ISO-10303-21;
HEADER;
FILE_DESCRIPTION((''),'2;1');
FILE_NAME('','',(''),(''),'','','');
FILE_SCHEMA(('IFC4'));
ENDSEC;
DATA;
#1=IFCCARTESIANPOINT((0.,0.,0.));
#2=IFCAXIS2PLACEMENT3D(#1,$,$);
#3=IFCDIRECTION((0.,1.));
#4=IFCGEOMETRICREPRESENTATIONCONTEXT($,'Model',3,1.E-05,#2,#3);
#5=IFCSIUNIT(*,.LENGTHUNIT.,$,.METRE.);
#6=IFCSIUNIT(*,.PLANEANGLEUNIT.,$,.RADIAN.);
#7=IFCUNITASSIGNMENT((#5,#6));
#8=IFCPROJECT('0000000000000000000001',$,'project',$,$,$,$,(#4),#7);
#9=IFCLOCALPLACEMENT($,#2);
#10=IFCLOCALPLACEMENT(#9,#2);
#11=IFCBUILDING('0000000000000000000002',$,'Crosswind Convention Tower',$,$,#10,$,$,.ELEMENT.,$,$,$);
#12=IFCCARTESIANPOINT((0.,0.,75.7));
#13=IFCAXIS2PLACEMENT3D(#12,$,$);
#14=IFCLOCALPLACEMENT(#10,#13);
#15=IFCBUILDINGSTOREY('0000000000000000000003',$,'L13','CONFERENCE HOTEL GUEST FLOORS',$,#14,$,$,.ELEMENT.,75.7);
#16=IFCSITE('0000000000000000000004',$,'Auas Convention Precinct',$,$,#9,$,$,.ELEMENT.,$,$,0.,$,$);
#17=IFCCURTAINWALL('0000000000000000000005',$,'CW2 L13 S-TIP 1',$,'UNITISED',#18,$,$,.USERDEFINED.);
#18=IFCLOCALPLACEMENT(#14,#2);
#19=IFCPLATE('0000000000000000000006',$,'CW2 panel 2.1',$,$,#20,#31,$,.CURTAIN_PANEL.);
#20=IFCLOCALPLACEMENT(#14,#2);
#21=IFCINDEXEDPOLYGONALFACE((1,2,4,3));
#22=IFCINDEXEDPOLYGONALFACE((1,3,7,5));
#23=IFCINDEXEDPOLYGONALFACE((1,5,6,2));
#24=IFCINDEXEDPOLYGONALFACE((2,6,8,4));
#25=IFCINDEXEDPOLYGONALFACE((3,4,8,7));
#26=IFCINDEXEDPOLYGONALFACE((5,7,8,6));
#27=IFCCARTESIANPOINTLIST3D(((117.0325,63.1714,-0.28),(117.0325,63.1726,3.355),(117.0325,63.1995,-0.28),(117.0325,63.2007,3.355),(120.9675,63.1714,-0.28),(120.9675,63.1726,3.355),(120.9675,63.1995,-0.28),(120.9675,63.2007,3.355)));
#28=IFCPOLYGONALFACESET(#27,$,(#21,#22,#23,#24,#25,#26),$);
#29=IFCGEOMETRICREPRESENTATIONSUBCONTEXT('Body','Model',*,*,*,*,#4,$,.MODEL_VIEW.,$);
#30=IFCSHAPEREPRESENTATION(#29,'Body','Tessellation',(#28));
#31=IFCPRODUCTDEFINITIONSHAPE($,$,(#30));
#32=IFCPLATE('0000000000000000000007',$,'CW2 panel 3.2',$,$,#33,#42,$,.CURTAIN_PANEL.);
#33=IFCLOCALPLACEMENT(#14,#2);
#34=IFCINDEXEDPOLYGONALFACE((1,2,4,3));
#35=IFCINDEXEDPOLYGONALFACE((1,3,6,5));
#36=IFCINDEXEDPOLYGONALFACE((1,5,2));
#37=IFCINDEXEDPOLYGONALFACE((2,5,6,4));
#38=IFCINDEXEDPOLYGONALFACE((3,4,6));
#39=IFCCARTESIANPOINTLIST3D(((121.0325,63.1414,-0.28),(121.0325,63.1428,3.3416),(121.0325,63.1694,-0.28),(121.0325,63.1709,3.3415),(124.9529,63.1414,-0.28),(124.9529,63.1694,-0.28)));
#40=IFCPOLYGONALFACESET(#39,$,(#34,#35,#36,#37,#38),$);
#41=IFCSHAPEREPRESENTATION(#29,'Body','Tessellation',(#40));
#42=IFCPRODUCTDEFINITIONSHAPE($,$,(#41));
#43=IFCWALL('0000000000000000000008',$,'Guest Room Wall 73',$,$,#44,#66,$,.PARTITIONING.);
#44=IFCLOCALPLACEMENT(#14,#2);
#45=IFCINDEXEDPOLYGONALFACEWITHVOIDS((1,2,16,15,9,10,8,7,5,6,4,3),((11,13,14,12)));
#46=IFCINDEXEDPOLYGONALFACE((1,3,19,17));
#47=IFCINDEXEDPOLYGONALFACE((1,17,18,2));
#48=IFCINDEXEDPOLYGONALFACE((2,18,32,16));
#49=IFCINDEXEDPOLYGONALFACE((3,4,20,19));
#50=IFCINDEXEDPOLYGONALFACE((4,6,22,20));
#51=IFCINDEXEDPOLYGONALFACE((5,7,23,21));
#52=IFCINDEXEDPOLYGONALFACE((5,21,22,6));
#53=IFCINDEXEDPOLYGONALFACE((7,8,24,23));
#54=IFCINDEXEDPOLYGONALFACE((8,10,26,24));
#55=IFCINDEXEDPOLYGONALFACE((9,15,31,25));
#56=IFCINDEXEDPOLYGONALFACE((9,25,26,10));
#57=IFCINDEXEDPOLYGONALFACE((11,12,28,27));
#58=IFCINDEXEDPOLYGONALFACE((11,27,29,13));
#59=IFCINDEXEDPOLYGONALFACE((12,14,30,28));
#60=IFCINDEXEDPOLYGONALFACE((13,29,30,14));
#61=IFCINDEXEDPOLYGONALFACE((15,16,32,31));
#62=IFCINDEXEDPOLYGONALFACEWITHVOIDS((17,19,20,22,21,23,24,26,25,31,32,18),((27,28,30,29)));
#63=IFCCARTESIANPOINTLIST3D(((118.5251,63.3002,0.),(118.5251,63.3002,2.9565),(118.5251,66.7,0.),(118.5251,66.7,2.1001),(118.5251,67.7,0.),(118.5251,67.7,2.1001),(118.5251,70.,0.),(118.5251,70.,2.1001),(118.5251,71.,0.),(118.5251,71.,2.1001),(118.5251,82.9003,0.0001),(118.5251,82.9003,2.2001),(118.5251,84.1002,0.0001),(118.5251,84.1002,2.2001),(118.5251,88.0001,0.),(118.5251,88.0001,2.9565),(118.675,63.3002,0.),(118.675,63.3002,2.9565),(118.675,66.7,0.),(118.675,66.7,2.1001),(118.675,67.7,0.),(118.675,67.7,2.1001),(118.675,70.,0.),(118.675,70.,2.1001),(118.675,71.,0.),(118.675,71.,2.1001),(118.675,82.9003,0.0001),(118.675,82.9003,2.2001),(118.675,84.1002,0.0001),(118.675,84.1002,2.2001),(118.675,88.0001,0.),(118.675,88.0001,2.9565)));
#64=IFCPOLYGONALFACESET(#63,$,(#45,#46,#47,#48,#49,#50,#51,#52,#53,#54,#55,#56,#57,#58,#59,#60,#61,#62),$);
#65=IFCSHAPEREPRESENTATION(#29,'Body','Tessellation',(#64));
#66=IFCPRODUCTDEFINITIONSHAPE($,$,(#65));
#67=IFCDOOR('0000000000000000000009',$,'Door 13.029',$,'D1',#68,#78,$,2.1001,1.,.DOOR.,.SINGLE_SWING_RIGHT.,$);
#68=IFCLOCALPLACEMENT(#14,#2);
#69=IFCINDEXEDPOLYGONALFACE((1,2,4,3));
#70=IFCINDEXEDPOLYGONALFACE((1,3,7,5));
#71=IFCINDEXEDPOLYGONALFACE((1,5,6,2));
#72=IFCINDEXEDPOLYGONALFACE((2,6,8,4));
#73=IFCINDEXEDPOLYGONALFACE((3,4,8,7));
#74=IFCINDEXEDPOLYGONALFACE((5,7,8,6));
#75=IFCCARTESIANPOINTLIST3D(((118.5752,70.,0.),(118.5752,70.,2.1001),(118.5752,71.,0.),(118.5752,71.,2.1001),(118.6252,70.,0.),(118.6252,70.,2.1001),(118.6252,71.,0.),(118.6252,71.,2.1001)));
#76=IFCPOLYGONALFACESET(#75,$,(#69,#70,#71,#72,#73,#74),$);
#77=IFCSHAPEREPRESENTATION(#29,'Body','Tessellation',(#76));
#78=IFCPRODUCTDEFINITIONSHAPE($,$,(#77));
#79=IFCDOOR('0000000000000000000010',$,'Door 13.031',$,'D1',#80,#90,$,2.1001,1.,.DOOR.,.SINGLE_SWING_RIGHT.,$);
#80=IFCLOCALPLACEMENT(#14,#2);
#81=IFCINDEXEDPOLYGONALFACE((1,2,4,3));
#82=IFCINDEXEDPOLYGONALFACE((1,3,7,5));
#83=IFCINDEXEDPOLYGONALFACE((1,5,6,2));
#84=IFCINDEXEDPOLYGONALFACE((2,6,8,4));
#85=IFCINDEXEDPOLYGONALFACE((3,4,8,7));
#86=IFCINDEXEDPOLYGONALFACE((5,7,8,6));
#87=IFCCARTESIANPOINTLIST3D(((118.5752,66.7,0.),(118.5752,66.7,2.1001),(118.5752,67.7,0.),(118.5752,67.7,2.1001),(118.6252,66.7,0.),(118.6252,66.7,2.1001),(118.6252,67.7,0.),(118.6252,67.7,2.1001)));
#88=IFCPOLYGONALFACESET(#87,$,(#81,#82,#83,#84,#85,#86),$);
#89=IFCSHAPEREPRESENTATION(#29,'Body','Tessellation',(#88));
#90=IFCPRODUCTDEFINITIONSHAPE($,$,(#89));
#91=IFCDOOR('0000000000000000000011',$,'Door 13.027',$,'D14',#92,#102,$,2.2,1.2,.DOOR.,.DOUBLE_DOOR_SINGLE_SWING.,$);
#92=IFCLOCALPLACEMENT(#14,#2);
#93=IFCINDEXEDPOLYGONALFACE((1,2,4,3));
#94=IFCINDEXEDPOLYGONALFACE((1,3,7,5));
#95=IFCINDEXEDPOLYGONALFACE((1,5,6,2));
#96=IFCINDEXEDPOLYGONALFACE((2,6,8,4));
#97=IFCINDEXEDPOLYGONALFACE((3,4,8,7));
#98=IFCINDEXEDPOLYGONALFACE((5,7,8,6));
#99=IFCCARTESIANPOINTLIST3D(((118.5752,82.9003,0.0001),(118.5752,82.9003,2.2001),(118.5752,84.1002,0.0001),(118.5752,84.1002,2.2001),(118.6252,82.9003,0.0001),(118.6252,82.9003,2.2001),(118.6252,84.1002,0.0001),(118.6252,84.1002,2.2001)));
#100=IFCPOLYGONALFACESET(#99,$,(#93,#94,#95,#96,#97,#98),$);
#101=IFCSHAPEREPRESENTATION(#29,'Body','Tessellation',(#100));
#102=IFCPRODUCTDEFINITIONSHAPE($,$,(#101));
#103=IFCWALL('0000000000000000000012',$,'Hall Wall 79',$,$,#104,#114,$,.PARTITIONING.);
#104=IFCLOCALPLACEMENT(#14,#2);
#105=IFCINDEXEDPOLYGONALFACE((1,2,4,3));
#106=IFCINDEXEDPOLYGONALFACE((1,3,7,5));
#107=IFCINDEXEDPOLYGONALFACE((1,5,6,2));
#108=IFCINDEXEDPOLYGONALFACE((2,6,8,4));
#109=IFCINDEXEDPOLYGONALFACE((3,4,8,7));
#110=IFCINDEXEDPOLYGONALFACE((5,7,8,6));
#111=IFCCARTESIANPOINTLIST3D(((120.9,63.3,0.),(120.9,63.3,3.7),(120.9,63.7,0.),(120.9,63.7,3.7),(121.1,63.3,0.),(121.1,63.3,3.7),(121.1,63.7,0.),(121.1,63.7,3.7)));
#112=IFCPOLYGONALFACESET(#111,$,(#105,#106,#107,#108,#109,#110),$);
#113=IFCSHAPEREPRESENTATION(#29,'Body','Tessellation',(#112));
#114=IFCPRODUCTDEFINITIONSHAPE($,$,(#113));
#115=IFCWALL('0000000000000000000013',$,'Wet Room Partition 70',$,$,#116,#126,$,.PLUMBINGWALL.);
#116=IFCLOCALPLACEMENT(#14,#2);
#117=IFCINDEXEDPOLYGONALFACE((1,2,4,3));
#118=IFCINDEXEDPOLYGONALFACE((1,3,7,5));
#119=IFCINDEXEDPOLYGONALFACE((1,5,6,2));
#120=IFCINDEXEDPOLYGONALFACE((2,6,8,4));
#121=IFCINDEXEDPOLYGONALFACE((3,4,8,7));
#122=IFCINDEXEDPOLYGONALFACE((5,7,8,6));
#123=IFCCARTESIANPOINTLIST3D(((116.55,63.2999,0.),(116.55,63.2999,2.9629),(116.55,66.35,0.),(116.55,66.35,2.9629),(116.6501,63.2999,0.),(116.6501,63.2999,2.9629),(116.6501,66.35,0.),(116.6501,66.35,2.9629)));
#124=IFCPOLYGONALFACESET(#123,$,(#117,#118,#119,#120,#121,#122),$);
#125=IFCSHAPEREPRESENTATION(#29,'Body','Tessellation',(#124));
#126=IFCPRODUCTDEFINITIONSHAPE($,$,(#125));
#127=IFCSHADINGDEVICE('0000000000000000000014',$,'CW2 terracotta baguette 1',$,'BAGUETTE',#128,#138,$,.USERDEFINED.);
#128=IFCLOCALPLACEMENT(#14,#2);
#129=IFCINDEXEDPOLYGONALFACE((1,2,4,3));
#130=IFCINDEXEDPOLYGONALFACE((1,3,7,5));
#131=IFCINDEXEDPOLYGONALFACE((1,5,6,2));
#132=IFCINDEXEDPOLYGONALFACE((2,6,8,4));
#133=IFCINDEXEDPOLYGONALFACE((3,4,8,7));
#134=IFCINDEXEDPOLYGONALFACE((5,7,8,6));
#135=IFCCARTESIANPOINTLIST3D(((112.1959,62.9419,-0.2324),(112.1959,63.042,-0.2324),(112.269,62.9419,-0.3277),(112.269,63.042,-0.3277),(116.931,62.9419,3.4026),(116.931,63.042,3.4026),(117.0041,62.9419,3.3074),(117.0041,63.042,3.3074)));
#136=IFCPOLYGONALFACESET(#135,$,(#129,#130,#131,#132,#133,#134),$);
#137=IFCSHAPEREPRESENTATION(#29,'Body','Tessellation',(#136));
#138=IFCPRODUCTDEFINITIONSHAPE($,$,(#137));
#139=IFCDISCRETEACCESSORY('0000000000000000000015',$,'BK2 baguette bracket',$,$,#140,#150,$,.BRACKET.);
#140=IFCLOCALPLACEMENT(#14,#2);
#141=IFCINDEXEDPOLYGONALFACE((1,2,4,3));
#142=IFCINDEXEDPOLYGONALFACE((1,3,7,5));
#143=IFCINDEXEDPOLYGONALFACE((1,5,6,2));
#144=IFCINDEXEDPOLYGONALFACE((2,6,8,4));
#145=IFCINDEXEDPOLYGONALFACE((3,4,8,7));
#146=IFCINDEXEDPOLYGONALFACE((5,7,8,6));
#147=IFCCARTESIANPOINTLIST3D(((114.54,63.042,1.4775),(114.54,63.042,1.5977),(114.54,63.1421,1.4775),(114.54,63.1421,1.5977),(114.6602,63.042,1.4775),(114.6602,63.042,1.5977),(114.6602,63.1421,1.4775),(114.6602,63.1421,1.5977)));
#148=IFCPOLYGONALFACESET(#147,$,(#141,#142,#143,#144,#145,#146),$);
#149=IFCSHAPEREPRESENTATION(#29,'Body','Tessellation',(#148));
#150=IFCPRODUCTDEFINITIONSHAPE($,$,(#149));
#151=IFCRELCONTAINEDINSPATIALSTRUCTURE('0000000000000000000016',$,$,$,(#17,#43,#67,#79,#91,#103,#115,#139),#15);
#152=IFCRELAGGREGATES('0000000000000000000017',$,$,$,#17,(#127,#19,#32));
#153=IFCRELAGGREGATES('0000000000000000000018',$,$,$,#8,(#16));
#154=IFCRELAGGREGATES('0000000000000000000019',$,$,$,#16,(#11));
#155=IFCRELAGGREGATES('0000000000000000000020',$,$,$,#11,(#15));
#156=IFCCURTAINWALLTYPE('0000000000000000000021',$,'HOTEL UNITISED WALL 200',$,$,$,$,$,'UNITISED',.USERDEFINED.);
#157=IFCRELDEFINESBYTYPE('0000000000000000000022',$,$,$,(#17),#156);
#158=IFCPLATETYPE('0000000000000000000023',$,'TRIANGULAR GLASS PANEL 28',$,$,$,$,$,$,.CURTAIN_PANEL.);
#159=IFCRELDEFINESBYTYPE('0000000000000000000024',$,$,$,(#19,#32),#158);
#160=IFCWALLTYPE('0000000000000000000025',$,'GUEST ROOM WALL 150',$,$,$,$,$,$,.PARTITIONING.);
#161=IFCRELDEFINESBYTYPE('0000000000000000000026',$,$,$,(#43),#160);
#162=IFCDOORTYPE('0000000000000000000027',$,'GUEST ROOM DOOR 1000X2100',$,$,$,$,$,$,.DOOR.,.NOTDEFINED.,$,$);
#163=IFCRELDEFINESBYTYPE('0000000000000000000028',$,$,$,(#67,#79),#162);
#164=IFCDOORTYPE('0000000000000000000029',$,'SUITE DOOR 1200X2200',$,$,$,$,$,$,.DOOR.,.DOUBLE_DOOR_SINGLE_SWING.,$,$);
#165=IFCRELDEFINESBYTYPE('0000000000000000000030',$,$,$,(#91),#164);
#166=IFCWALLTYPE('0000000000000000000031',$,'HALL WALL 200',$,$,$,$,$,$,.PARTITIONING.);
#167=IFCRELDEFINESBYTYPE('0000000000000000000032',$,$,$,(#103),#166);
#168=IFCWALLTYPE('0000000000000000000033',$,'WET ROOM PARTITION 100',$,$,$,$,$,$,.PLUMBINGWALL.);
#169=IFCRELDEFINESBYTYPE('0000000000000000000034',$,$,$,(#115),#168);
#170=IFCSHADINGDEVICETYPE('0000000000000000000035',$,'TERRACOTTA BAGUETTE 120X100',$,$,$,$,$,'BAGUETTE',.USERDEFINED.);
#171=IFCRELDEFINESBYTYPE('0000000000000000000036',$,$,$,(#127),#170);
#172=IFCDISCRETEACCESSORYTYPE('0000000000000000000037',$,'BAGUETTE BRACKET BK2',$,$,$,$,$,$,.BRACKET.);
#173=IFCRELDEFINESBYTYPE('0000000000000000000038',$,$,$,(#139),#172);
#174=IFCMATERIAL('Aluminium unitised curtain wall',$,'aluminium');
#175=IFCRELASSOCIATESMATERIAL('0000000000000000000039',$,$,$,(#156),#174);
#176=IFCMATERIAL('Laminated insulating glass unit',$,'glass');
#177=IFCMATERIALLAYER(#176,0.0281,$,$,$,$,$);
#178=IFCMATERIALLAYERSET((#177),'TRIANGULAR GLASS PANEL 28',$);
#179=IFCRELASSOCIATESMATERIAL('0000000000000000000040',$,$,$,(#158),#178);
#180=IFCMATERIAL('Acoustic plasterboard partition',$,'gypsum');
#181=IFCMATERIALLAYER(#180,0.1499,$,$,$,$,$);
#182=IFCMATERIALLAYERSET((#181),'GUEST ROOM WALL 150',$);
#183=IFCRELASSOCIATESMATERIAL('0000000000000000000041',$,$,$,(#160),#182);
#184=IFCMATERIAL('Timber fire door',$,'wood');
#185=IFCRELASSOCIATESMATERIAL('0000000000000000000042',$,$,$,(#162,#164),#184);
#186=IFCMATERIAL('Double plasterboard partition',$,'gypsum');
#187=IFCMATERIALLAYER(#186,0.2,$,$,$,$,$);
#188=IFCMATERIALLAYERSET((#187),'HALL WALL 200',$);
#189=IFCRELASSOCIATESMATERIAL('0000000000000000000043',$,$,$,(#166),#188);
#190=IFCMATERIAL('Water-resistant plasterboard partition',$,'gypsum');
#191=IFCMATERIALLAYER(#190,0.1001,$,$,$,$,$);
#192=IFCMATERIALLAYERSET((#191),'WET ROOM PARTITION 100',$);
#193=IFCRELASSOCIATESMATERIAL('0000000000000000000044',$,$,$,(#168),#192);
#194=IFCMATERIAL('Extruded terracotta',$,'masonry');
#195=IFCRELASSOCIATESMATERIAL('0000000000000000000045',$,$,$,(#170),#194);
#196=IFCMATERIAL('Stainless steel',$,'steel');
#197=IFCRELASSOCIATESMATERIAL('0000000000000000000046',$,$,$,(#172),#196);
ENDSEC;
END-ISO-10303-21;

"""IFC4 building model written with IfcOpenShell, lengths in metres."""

from ifc_helpers import new_model, si_unit, direction, frame, frame_2d, origin, origin_2d, place, context, subcontext, project, spatial, polyline, rectangle, outline, extrude, material, layer, layer_set, material_profile, profile_set, type_object, element, fill, aggregate, save


model = new_model("IFC4")

# Units and contexts
model_context = context("Model", 3, precision=1e-05, world=origin(), true_north=direction((0.0, 1.0)))
body_context = subcontext(model_context, "Body", "Model", "MODEL_VIEW")
ifc_project = project(units=[si_unit("LENGTHUNIT", "METRE"), si_unit("PLANEANGLEUNIT", "RADIAN")], contexts=[model_context])

# Site, building, storey
site_placement = place(None, origin())
site = spatial("IfcSite", under=ifc_project, at=site_placement, Name="Auas Convention Precinct", CompositionType="ELEMENT", RefElevation=0.0)
building_placement = place(site_placement, origin())
building = spatial("IfcBuilding", under=site, at=building_placement, Name="Crosswind Convention Tower", CompositionType="ELEMENT")
storey_placement = place(building_placement, frame((0.0, 0.0, 75.7)))
storey = spatial("IfcBuildingStorey", under=building, at=storey_placement, Name="L13", Description="CONFERENCE HOTEL GUEST FLOORS", CompositionType="ELEMENT", Elevation=75.7)

# Curtain wall, plates
ifc_material_1 = material(Name="Aluminium unitised curtain wall", Category="aluminium")
curtain_wall_type = type_object("IfcCurtainWallType", Name="HOTEL UNITISED WALL 200", ElementType="UNITISED", PredefinedType="USERDEFINED", material=ifc_material_1)
curtain_wall_placement = place(storey_placement, origin())
curtain_wall = element("IfcCurtainWall", 1, at=curtain_wall_placement, inside=storey, type_object=curtain_wall_type, Name="CW2 L13 S-TIP 1", ObjectType="UNITISED", PredefinedType="USERDEFINED")
ifc_material_2 = material(Name="Laminated insulating glass unit", Category="glass")
ifc_layer_1 = layer(ifc_material_2, 0.0281)
ifc_layer_set_1 = layer_set([ifc_layer_1], Name="TRIANGULAR GLASS PANEL 28")
plate_type = type_object("IfcPlateType", Name="TRIANGULAR GLASS PANEL 28", PredefinedType="CURTAIN_PANEL", material=ifc_layer_set_1)
plate_1_placement = place(storey_placement, frame((117.0325, 63.1714, -0.28), z_axis=(0.0, -1.0, 0.000336), x_axis=(1.0, 0.0, 0.0)))
plate_1 = element("IfcPlate", 2, at=plate_1_placement, type_object=plate_type, Name="CW2 panel 2.1", PredefinedType="CURTAIN_PANEL", context=body_context, shape_type="SweptSolid", body=[
    extrude(outline(polyline([(0.0, 0.0), (3.9351, 0.0), (3.9351, 3.635), (0.0, 3.635), (0.0, 0.0)])), origin(), (0.0, 0.0, -1.0), 0.0281),
])
plate_2_placement = place(storey_placement, frame((121.0325, 63.1414, -0.28), z_axis=(0.0, -1.0, 0.000404), x_axis=(1.0, 0.0, 0.0)))
plate_2 = element("IfcPlate", 3, at=plate_2_placement, type_object=plate_type, Name="CW2 panel 3.2", PredefinedType="CURTAIN_PANEL", context=body_context, shape_type="SweptSolid", body=[
    extrude(outline(polyline([(0.0, 0.0), (3.9204, 0.0), (0.0, 3.6216), (0.0, 0.0)])), origin(), (0.0, 0.0, -1.0), 0.0281),
])

# Wall, openings, doors
ifc_material_3 = material(Name="Acoustic plasterboard partition", Category="gypsum")
ifc_layer_2 = layer(ifc_material_3, 0.1499)
ifc_layer_set_2 = layer_set([ifc_layer_2], Name="GUEST ROOM WALL 150")
wall_type_1 = type_object("IfcWallType", Name="GUEST ROOM WALL 150", PredefinedType="PARTITIONING", material=ifc_layer_set_2)
wall_1_placement = place(storey_placement, frame((118.6001, 63.3, 0.0), z_axis=(0.0, 0.0, 1.0), x_axis=(0.0, 1.0, 0.0)))
wall_1 = element("IfcWall", 4, at=wall_1_placement, inside=storey, type_object=wall_type_1, Name="Guest Room Wall 73", PredefinedType="PARTITIONING", context=body_context, shape_type="SweptSolid", body=[
    extrude(rectangle(XDim=24.7, YDim=0.1499, at=frame_2d((12.3501, 0.0))), origin(), (0.0, 0.0, 1.0), 2.9565),
])
opening_1_placement = place(wall_1_placement, frame((19.6001, 0.0, 0.0)))
opening_1 = element("IfcOpeningElement", 5, at=opening_1_placement, cuts=wall_1, PredefinedType="OPENING", context=body_context, shape_type="SweptSolid", body=[
    extrude(rectangle(XDim=1.2, YDim=2.2, at=frame_2d((0.6001, 1.1001))), frame((0.0, 0.085, 0.0), z_axis=(0.0, -1.0, 0.0), x_axis=(1.0, 0.0, 0.0)), (0.0, 0.0, 1.0), 0.1699),
])
opening_2_placement = place(wall_1_placement, frame((6.7, 0.0, 0.0)))
opening_2 = element("IfcOpeningElement", 6, at=opening_2_placement, cuts=wall_1, PredefinedType="OPENING", context=body_context, shape_type="SweptSolid", body=[
    extrude(rectangle(XDim=1.0, YDim=2.1001, at=frame_2d((0.5, 1.05))), frame((0.0, 0.085, 0.0), z_axis=(0.0, -1.0, 0.0), x_axis=(1.0, 0.0, 0.0)), (0.0, 0.0, 1.0), 0.1699),
])
opening_3_placement = place(wall_1_placement, frame((3.3999, 0.0, 0.0)))
opening_3 = element("IfcOpeningElement", 7, at=opening_3_placement, cuts=wall_1, PredefinedType="OPENING", context=body_context, shape_type="SweptSolid", body=[
    extrude(rectangle(XDim=1.0, YDim=2.1001, at=frame_2d((0.5, 1.05))), frame((0.0, 0.085, 0.0), z_axis=(0.0, -1.0, 0.0), x_axis=(1.0, 0.0, 0.0)), (0.0, 0.0, 1.0), 0.1699),
])
ifc_material_4 = material(Name="Timber fire door", Category="wood")
door_type_1 = type_object("IfcDoorType", Name="GUEST ROOM DOOR 1000X2100", OperationType="NOTDEFINED", PredefinedType="DOOR", material=ifc_material_4)
door_1_placement = place(opening_2_placement, origin())
door_1 = element("IfcDoor", 8, at=door_1_placement, inside=storey, type_object=door_type_1, Name="Door 13.029", ObjectType="D1", OperationType="SINGLE_SWING_RIGHT", OverallHeight=2.1001, OverallWidth=1.0, PredefinedType="DOOR", context=body_context, shape_type="SweptSolid", body=[
    extrude(rectangle(XDim=1.0, YDim=2.1001, at=frame_2d((0.5, 1.05))), frame((0.0, 0.0249, 0.0), z_axis=(0.0, -1.0, 0.0), x_axis=(1.0, 0.0, 0.0)), (0.0, 0.0, 1.0), 0.05),
])
fill(opening_2, door_1)
door_2_placement = place(opening_3_placement, origin())
door_2 = element("IfcDoor", 9, at=door_2_placement, inside=storey, type_object=door_type_1, Name="Door 13.031", ObjectType="D1", OperationType="SINGLE_SWING_RIGHT", OverallHeight=2.1001, OverallWidth=1.0, PredefinedType="DOOR", context=body_context, shape_type="SweptSolid", body=[
    extrude(rectangle(XDim=1.0, YDim=2.1001, at=frame_2d((0.5, 1.05))), frame((0.0, 0.0249, 0.0), z_axis=(0.0, -1.0, 0.0), x_axis=(1.0, 0.0, 0.0)), (0.0, 0.0, 1.0), 0.05),
])
fill(opening_3, door_2)
door_type_2 = type_object("IfcDoorType", Name="SUITE DOOR 1200X2200", OperationType="DOUBLE_DOOR_SINGLE_SWING", PredefinedType="DOOR", material=ifc_material_4)
door_3_placement = place(opening_1_placement, origin())
door_3 = element("IfcDoor", 10, at=door_3_placement, inside=storey, type_object=door_type_2, Name="Door 13.027", ObjectType="D14", OperationType="DOUBLE_DOOR_SINGLE_SWING", OverallHeight=2.2, OverallWidth=1.2, PredefinedType="DOOR", context=body_context, shape_type="SweptSolid", body=[
    extrude(rectangle(XDim=1.2, YDim=2.2, at=frame_2d((0.6001, 1.1001))), frame((0.0, 0.0249, 0.0), z_axis=(0.0, -1.0, 0.0), x_axis=(1.0, 0.0, 0.0)), (0.0, 0.0, 1.0), 0.05),
])
fill(opening_1, door_3)

# Walls
ifc_material_5 = material(Name="Double plasterboard partition", Category="gypsum")
ifc_layer_3 = layer(ifc_material_5, 0.2)
ifc_layer_set_3 = layer_set([ifc_layer_3], Name="HALL WALL 200")
wall_type_2 = type_object("IfcWallType", Name="HALL WALL 200", PredefinedType="PARTITIONING", material=ifc_layer_set_3)
wall_2_placement = place(storey_placement, frame((121.0, 63.3, 0.0), z_axis=(0.0, 0.0, 1.0), x_axis=(0.0, 1.0, 0.0)))
element("IfcWall", 11, at=wall_2_placement, inside=storey, type_object=wall_type_2, Name="Hall Wall 79", PredefinedType="PARTITIONING", context=body_context, shape_type="SweptSolid", body=[
    extrude(rectangle(XDim=0.3999, YDim=0.2, at=frame_2d((0.2, 0.0))), origin(), (0.0, 0.0, 1.0), 3.7),
])
ifc_material_6 = material(Name="Water-resistant plasterboard partition", Category="gypsum")
ifc_layer_4 = layer(ifc_material_6, 0.1001)
ifc_layer_set_4 = layer_set([ifc_layer_4], Name="WET ROOM PARTITION 100")
wall_type_3 = type_object("IfcWallType", Name="WET ROOM PARTITION 100", PredefinedType="PLUMBINGWALL", material=ifc_layer_set_4)
wall_3_placement = place(storey_placement, frame((116.6001, 63.3, 0.0), z_axis=(0.0, 0.0, 1.0), x_axis=(0.0, 1.0, 0.0)))
element("IfcWall", 12, at=wall_3_placement, inside=storey, type_object=wall_type_3, Name="Wet Room Partition 70", PredefinedType="PLUMBINGWALL", context=body_context, shape_type="SweptSolid", body=[
    extrude(rectangle(XDim=3.05, YDim=0.1001, at=frame_2d((1.5249, 0.0))), origin(), (0.0, 0.0, 1.0), 2.9629),
])

# Shading device
ifc_material_7 = material(Name="Extruded terracotta", Category="masonry")
ifc_material_profile_1 = material_profile(ifc_material_7, rectangle(XDim=0.1001, YDim=0.1201, at=origin_2d()), Name="TC 100X120")
ifc_profile_set_1 = profile_set([ifc_material_profile_1], Name="Extruded terracotta")
shading_device_type = type_object("IfcShadingDeviceType", Name="TERRACOTTA BAGUETTE 120X100", ElementType="BAGUETTE", PredefinedType="USERDEFINED", material=ifc_profile_set_1)
shading_device_placement = place(storey_placement, frame((112.2324, 62.9919, -0.28), z_axis=(0.793221, 0.0, 0.608934), x_axis=(0.0, 1.0, 0.0)))
shading_device = element("IfcShadingDevice", 13, at=shading_device_placement, type_object=shading_device_type, Name="CW2 terracotta baguette 1", ObjectType="BAGUETTE", PredefinedType="USERDEFINED", context=body_context, shape_type="SweptSolid", body=[
    extrude(rectangle(XDim=0.1001, YDim=0.1201, at=origin_2d()), origin(), (0.0, 0.0, 1.0), 5.9695),
])
aggregate(curtain_wall, [shading_device, plate_1, plate_2])

# Discrete accessory
ifc_material_8 = material(Name="Stainless steel", Category="steel")
discrete_accessory_type = type_object("IfcDiscreteAccessoryType", Name="BAGUETTE BRACKET BK2", PredefinedType="BRACKET", material=ifc_material_8)
discrete_accessory_placement = place(storey_placement, frame((114.6001, 63.092, 1.4775), z_axis=(0.0, 0.0, 1.0), x_axis=(1.0, 0.0, 0.0)))
element("IfcDiscreteAccessory", 14, at=discrete_accessory_placement, inside=storey, type_object=discrete_accessory_type, Name="BK2 baguette bracket", PredefinedType="BRACKET", context=body_context, shape_type="SweptSolid", body=[
    extrude(rectangle(XDim=0.1201, YDim=0.1001, at=origin_2d()), origin(), (0.0, 0.0, 1.0), 0.1201),
])

save(model, "model.ifc")
